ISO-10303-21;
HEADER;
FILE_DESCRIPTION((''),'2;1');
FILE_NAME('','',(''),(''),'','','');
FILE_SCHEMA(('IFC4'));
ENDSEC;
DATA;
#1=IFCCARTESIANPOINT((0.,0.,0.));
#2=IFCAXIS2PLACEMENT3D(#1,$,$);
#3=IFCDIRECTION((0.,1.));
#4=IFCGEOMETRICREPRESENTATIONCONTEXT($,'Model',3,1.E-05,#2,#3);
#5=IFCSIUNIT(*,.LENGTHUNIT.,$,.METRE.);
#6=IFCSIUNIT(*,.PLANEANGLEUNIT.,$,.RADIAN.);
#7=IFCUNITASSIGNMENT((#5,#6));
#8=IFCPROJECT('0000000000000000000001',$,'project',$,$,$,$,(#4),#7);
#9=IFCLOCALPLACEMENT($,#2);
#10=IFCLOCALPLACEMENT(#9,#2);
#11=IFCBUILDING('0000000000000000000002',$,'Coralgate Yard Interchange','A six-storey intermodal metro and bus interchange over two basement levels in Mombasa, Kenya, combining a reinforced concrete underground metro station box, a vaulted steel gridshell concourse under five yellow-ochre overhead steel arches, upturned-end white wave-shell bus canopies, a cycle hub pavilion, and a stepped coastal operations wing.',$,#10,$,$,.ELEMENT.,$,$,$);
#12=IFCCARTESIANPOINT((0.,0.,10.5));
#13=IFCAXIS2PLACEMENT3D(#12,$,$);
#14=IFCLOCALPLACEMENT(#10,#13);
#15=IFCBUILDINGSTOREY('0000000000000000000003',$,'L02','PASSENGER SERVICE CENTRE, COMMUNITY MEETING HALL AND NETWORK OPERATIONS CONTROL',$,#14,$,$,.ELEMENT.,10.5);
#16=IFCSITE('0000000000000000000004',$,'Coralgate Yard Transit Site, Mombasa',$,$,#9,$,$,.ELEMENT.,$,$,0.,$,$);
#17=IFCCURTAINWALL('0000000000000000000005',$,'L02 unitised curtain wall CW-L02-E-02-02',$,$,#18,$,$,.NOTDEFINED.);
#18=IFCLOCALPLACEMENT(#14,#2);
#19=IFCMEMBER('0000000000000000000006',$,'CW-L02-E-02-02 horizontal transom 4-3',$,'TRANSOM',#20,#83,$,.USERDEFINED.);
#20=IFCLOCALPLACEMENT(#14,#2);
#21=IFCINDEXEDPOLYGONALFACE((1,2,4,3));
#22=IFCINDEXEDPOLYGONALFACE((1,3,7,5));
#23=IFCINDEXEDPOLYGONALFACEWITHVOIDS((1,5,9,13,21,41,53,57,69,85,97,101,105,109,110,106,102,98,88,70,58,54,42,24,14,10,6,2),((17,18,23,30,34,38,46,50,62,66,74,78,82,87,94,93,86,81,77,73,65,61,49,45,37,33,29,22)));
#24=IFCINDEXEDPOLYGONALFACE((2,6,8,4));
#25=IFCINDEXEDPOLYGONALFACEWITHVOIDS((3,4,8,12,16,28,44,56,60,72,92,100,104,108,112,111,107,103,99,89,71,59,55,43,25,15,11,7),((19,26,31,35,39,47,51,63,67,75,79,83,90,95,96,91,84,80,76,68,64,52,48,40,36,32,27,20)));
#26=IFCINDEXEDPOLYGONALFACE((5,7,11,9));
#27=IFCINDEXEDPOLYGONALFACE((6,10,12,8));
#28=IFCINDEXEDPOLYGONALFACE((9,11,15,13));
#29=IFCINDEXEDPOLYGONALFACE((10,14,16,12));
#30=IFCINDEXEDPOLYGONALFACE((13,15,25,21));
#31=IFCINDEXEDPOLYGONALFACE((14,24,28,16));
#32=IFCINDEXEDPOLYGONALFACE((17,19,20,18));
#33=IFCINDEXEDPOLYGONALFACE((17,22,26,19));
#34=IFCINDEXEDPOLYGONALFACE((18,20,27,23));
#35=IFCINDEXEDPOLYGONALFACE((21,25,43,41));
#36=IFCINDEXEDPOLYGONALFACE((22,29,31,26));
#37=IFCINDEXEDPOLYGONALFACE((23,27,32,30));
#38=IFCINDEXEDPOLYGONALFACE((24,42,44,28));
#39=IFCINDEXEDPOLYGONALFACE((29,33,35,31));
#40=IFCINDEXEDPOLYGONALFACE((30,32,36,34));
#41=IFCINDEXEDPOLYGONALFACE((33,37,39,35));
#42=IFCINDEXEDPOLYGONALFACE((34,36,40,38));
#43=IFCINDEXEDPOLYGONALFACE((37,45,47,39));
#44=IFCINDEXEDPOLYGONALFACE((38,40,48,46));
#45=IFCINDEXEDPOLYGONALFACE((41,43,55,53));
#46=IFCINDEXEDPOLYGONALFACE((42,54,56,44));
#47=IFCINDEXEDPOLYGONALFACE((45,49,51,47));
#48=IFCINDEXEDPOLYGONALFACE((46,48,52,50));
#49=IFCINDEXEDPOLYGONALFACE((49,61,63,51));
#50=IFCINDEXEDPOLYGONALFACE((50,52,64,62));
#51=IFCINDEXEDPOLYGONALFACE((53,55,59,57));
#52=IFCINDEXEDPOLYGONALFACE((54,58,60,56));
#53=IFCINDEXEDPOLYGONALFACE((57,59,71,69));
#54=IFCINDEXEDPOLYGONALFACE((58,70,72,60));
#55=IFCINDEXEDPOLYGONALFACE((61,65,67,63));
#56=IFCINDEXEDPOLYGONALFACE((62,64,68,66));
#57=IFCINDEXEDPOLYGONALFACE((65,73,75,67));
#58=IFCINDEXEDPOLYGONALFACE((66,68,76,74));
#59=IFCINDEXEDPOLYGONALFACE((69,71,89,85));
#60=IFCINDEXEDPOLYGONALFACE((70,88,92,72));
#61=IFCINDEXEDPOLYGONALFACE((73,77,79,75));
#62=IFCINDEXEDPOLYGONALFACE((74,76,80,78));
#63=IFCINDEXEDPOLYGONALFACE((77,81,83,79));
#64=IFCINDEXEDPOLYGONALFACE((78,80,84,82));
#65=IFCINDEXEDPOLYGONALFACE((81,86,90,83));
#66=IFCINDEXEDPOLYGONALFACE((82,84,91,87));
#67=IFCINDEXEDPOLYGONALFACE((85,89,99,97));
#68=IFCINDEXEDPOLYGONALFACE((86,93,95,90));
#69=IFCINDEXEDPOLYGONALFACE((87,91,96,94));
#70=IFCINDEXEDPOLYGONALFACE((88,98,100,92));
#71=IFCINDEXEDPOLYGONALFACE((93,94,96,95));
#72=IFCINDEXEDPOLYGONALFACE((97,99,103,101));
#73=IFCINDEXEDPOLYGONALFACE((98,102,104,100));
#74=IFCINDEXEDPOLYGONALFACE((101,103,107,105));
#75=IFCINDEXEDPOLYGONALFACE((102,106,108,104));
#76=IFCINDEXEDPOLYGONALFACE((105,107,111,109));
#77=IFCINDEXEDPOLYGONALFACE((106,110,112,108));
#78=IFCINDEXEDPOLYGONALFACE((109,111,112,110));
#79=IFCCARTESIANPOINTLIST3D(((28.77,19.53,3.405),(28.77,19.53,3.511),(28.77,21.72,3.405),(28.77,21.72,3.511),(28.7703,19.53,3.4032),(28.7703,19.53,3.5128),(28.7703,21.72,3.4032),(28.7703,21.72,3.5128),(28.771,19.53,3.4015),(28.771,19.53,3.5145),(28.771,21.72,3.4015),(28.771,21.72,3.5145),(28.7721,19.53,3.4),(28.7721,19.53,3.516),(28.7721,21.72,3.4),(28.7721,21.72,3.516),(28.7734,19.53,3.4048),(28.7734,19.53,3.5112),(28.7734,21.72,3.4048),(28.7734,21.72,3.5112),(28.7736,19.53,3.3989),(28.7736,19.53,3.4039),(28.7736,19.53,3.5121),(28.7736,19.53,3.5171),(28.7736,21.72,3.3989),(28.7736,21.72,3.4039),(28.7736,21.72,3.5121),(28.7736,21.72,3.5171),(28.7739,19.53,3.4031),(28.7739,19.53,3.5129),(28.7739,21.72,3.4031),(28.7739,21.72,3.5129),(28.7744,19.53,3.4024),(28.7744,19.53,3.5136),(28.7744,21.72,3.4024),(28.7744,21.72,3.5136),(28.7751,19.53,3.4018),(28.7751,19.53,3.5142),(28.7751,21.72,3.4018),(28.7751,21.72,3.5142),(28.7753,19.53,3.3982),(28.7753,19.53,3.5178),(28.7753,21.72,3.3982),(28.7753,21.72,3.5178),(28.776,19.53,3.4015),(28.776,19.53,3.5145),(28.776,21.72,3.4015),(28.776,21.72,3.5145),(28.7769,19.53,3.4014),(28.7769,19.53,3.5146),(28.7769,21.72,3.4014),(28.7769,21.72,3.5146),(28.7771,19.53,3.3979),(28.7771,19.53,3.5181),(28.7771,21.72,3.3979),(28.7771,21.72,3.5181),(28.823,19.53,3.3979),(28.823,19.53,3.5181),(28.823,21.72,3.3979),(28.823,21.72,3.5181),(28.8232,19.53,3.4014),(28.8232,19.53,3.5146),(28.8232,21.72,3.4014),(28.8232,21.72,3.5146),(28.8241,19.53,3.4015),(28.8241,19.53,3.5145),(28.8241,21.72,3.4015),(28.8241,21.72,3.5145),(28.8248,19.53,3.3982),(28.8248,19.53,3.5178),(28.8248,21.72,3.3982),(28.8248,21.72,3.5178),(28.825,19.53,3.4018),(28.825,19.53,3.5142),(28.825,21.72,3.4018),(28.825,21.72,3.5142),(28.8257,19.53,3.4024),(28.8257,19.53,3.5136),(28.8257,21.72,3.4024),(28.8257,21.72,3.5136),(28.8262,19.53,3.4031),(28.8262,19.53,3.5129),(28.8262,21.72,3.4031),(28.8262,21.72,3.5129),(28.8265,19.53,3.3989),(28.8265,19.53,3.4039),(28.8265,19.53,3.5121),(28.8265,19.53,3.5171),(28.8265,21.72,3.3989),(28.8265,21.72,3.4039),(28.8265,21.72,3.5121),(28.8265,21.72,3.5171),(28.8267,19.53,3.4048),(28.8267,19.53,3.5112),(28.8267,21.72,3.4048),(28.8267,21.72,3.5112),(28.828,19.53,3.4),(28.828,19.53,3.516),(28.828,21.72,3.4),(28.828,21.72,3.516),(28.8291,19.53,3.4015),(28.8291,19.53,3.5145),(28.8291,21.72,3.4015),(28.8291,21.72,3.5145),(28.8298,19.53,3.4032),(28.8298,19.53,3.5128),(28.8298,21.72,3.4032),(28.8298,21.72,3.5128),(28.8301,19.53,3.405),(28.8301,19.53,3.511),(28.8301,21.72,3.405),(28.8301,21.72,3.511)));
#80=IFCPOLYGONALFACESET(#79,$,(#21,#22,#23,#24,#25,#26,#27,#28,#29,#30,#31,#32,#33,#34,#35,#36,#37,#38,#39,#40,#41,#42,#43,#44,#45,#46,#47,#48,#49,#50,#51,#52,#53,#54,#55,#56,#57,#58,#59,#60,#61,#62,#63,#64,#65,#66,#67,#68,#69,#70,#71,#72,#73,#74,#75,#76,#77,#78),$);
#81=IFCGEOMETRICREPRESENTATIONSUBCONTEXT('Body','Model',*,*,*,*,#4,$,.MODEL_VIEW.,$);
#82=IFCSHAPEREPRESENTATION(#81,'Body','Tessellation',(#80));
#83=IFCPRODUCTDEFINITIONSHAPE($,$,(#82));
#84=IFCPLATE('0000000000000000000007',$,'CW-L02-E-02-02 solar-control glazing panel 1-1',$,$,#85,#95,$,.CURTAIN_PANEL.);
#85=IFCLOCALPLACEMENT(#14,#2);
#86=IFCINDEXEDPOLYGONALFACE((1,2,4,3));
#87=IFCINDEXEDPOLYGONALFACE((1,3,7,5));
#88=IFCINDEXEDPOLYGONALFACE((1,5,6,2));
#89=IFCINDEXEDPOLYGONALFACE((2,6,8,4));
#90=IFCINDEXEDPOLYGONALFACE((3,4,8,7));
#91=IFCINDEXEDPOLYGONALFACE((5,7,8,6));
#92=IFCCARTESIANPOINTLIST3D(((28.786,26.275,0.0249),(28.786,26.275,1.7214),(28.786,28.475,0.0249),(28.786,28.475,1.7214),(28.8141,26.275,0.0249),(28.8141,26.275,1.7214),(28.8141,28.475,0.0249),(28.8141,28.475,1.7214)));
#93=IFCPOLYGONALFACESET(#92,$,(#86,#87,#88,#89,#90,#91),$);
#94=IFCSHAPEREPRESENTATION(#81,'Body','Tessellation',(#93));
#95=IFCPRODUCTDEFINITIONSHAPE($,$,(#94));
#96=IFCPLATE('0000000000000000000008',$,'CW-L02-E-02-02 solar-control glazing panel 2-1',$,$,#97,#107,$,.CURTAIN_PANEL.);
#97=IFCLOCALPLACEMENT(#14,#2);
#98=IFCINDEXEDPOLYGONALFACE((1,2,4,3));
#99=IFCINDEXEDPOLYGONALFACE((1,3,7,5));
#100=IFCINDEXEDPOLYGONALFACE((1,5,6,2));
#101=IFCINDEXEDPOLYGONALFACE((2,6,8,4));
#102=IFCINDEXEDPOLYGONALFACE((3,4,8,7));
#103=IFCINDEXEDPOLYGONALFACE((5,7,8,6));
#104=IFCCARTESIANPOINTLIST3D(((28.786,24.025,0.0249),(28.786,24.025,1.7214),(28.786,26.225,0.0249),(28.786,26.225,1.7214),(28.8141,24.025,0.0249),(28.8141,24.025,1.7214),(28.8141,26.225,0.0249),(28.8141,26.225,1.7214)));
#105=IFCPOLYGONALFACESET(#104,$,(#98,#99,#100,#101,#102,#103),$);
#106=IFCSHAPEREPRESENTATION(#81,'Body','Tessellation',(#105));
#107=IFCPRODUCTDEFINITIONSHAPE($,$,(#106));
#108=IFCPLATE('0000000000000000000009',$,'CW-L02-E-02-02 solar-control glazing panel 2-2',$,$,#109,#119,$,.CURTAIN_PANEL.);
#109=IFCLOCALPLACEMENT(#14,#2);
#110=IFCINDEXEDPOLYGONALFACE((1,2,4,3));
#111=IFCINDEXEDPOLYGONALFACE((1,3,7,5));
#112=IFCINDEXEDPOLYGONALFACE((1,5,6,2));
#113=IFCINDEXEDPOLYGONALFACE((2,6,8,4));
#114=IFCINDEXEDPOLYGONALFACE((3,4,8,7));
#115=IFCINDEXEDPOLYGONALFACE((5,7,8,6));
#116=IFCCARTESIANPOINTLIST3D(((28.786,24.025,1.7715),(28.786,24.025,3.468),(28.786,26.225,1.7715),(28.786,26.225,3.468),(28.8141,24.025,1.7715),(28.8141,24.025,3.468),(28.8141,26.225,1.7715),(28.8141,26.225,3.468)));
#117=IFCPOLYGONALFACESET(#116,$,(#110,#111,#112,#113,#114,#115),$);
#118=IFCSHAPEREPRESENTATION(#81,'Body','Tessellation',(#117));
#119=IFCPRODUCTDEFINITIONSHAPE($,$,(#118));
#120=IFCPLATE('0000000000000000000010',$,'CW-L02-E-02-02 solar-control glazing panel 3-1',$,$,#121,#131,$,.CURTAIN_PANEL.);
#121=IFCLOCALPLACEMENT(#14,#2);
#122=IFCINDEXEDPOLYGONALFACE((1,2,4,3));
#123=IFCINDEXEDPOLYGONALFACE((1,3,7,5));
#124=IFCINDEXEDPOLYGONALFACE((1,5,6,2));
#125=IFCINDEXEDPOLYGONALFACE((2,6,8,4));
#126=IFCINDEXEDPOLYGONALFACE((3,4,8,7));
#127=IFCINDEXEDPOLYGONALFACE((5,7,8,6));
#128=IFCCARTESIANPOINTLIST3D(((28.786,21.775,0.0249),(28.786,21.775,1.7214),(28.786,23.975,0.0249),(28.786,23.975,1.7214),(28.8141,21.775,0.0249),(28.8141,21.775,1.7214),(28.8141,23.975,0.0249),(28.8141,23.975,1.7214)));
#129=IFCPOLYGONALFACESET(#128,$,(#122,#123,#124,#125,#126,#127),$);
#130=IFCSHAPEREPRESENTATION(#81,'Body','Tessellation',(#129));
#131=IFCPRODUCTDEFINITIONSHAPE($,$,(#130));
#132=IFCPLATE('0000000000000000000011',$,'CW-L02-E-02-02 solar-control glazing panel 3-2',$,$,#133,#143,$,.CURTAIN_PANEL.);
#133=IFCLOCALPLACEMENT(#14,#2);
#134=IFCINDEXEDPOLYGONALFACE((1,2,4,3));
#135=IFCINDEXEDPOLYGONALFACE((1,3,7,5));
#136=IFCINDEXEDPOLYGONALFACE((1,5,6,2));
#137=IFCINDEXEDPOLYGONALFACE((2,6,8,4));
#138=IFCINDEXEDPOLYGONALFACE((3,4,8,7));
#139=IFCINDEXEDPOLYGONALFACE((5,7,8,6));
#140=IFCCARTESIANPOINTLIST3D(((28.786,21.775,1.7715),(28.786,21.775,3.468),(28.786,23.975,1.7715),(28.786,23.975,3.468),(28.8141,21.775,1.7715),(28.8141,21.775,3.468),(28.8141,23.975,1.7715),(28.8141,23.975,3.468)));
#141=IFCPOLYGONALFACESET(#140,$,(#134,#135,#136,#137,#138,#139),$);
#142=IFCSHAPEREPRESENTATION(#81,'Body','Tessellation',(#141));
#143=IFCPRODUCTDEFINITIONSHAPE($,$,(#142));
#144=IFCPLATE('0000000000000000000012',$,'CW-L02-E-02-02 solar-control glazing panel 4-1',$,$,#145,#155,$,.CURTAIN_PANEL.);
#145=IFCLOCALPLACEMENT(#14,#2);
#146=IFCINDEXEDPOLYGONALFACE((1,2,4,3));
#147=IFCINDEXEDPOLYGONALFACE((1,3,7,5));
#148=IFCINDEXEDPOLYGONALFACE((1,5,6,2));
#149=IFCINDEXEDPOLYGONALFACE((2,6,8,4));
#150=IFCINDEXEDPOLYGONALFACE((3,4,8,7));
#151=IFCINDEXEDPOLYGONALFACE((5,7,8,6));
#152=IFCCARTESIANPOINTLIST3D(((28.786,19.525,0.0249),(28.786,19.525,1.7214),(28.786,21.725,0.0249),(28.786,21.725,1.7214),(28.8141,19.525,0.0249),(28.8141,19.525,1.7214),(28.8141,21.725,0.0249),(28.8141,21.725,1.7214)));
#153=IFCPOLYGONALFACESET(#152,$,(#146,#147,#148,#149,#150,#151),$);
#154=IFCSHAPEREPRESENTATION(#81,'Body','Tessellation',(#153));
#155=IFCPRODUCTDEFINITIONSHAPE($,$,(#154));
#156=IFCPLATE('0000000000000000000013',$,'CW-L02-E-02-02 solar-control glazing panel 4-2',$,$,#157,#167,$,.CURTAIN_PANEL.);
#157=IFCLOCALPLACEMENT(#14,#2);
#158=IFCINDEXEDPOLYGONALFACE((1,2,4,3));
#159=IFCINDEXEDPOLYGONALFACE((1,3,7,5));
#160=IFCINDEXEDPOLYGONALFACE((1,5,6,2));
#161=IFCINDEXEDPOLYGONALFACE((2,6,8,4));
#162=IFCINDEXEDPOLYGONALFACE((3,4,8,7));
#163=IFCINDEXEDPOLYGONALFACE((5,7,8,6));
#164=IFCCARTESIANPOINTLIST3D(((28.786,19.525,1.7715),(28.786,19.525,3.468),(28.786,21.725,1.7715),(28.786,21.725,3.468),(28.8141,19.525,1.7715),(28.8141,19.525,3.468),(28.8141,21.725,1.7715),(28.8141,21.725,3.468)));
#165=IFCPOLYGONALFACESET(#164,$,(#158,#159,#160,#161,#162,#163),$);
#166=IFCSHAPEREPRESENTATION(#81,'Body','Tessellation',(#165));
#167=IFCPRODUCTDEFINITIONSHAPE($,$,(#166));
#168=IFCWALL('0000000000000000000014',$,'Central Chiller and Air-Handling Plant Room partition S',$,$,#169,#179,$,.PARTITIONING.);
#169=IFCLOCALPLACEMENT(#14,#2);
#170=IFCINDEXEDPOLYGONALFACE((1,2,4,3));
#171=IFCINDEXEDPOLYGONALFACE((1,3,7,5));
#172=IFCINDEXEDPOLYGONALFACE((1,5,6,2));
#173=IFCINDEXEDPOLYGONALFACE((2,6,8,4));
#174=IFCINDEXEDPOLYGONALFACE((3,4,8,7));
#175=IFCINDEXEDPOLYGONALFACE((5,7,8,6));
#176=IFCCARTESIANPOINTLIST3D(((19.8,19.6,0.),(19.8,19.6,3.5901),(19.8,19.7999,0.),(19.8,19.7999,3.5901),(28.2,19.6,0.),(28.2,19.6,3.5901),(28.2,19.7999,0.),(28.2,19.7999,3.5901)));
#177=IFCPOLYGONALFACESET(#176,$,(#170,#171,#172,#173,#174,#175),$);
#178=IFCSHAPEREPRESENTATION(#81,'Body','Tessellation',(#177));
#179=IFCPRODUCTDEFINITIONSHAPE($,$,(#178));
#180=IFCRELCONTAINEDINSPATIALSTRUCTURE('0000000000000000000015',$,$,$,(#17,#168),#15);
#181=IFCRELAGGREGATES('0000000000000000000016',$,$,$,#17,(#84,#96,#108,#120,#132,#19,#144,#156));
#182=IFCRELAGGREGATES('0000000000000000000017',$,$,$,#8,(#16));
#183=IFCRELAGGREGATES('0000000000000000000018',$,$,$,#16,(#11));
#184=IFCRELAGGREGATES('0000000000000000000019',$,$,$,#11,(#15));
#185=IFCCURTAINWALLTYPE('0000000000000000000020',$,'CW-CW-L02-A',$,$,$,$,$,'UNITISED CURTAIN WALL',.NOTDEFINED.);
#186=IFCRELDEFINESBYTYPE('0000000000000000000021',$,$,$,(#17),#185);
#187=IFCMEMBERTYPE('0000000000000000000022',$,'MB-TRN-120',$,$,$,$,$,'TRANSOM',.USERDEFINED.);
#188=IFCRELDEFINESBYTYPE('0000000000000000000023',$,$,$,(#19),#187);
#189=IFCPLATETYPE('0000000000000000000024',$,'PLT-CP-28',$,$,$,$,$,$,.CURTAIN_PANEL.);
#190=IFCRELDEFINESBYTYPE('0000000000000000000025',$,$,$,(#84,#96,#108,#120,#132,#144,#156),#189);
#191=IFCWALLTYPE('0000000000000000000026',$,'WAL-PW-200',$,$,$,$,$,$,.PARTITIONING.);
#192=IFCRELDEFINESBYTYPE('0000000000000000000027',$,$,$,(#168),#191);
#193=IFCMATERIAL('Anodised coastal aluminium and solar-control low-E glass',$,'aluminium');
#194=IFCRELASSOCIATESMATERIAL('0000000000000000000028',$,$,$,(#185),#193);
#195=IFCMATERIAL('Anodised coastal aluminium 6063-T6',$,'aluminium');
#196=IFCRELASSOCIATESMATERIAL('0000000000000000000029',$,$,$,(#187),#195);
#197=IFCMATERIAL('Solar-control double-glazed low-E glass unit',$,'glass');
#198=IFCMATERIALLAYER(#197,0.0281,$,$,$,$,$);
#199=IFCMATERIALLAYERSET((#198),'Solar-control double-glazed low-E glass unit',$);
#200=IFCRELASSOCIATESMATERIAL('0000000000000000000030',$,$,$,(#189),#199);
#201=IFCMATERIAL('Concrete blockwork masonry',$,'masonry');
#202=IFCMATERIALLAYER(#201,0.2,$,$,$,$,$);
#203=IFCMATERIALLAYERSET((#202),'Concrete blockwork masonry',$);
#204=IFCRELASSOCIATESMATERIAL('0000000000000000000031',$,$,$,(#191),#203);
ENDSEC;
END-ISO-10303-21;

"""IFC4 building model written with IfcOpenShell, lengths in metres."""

from ifc_helpers import new_model, si_unit, direction, frame, frame_2d, origin, origin_2d, place, context, subcontext, project, spatial, rectangle, hollow_rectangle, extrude, material, layer, layer_set, material_profile, profile_set, type_object, element, aggregate, save


model = new_model("IFC4")

# Units and contexts
model_context = context("Model", 3, precision=1e-05, world=origin(), true_north=direction((0.0, 1.0)))
body_context = subcontext(model_context, "Body", "Model", "MODEL_VIEW")
ifc_project = project(units=[si_unit("LENGTHUNIT", "METRE"), si_unit("PLANEANGLEUNIT", "RADIAN")], contexts=[model_context])

# Site, building, storey
site_placement = place(None, origin())
site = spatial("IfcSite", under=ifc_project, at=site_placement, Name="Coralgate Yard Transit Site, Mombasa", CompositionType="ELEMENT", RefElevation=0.0)
building_placement = place(site_placement, origin())
building = spatial("IfcBuilding", under=site, at=building_placement, Name="Coralgate Yard Interchange", Description="A six-storey intermodal metro and bus interchange over two basement levels in Mombasa, Kenya, combining a reinforced concrete underground metro station box, a vaulted steel gridshell concourse under five yellow-ochre overhead steel arches, upturned-end white wave-shell bus canopies, a cycle hub pavilion, and a stepped coastal operations wing.", CompositionType="ELEMENT")
storey_placement = place(building_placement, frame((0.0, 0.0, 10.5)))
storey = spatial("IfcBuildingStorey", under=building, at=storey_placement, Name="L02", Description="PASSENGER SERVICE CENTRE, COMMUNITY MEETING HALL AND NETWORK OPERATIONS CONTROL", CompositionType="ELEMENT", Elevation=10.5)

# Curtain wall, member, plates
ifc_material_1 = material(Name="Anodised coastal aluminium and solar-control low-E glass", Category="aluminium")
curtain_wall_type = type_object("IfcCurtainWallType", Name="CW-CW-L02-A", ElementType="UNITISED CURTAIN WALL", PredefinedType="NOTDEFINED", material=ifc_material_1)
curtain_wall_placement = place(storey_placement, origin())
curtain_wall = element("IfcCurtainWall", 1, at=curtain_wall_placement, inside=storey, type_object=curtain_wall_type, Name="L02 unitised curtain wall CW-L02-E-02-02", PredefinedType="NOTDEFINED")
ifc_material_2 = material(Name="Anodised coastal aluminium 6063-T6", Category="aluminium")
ifc_material_profile_1 = material_profile(ifc_material_2, hollow_rectangle(XDim=0.0601, YDim=0.1201, WallThickness=0.0034, InnerFilletRadius=0.0034, OuterFilletRadius=0.0071, at=origin_2d()), Name="ALU 60x120x3.5")
ifc_profile_set_1 = profile_set([ifc_material_profile_1], Name="Anodised coastal aluminium 6063-T6")
member_type_1 = type_object("IfcMemberType", Name="MB-TRN-120", ElementType="TRANSOM", PredefinedType="USERDEFINED", material=ifc_profile_set_1)
member_1_placement = place(storey_placement, frame((28.8, 21.72, 3.458), z_axis=(0.0, -1.0, 0.0), x_axis=(1.0, 0.0, 0.0)))
member_1 = element("IfcMember", 2, at=member_1_placement, type_object=member_type_1, Name="CW-L02-E-02-02 horizontal transom 4-3", ObjectType="TRANSOM", PredefinedType="USERDEFINED", context=body_context, shape_type="SweptSolid", body=[
    extrude(hollow_rectangle(XDim=0.0601, YDim=0.1201, WallThickness=0.0034, InnerFilletRadius=0.0034, OuterFilletRadius=0.0071, at=origin_2d()), origin(), (0.0, 0.0, 1.0), 2.1899),
])
ifc_material_3 = material(Name="Solar-control double-glazed low-E glass unit", Category="glass")
ifc_layer_1 = layer(ifc_material_3, 0.0281)
ifc_layer_set_1 = layer_set([ifc_layer_1], Name="Solar-control double-glazed low-E glass unit")
plate_type = type_object("IfcPlateType", Name="PLT-CP-28", PredefinedType="CURTAIN_PANEL", material=ifc_layer_set_1)
plate_1_placement = place(storey_placement, frame((28.8, 27.375, 0.0249), z_axis=(0.0, 0.0, 1.0), x_axis=(0.0, -1.0, 0.0)))
plate_1 = element("IfcPlate", 3, at=plate_1_placement, type_object=plate_type, Name="CW-L02-E-02-02 solar-control glazing panel 1-1", PredefinedType="CURTAIN_PANEL", context=body_context, shape_type="SweptSolid", body=[
    extrude(rectangle(XDim=2.2, YDim=0.0281, at=origin_2d()), origin(), (0.0, 0.0, 1.0), 1.6965),
])
plate_2_placement = place(storey_placement, frame((28.8, 25.125, 0.0249), z_axis=(0.0, 0.0, 1.0), x_axis=(0.0, -1.0, 0.0)))
plate_2 = element("IfcPlate", 4, at=plate_2_placement, type_object=plate_type, Name="CW-L02-E-02-02 solar-control glazing panel 2-1", PredefinedType="CURTAIN_PANEL", context=body_context, shape_type="SweptSolid", body=[
    extrude(rectangle(XDim=2.2, YDim=0.0281, at=origin_2d()), origin(), (0.0, 0.0, 1.0), 1.6965),
])
plate_3_placement = place(storey_placement, frame((28.8, 25.125, 1.7715), z_axis=(0.0, 0.0, 1.0), x_axis=(0.0, -1.0, 0.0)))
plate_3 = element("IfcPlate", 5, at=plate_3_placement, type_object=plate_type, Name="CW-L02-E-02-02 solar-control glazing panel 2-2", PredefinedType="CURTAIN_PANEL", context=body_context, shape_type="SweptSolid", body=[
    extrude(rectangle(XDim=2.2, YDim=0.0281, at=origin_2d()), origin(), (0.0, 0.0, 1.0), 1.6965),
])
plate_4_placement = place(storey_placement, frame((28.8, 22.875, 0.0249), z_axis=(0.0, 0.0, 1.0), x_axis=(0.0, -1.0, 0.0)))
plate_4 = element("IfcPlate", 6, at=plate_4_placement, type_object=plate_type, Name="CW-L02-E-02-02 solar-control glazing panel 3-1", PredefinedType="CURTAIN_PANEL", context=body_context, shape_type="SweptSolid", body=[
    extrude(rectangle(XDim=2.2, YDim=0.0281, at=origin_2d()), origin(), (0.0, 0.0, 1.0), 1.6965),
])
plate_5_placement = place(storey_placement, frame((28.8, 22.875, 1.7715), z_axis=(0.0, 0.0, 1.0), x_axis=(0.0, -1.0, 0.0)))
plate_5 = element("IfcPlate", 7, at=plate_5_placement, type_object=plate_type, Name="CW-L02-E-02-02 solar-control glazing panel 3-2", PredefinedType="CURTAIN_PANEL", context=body_context, shape_type="SweptSolid", body=[
    extrude(rectangle(XDim=2.2, YDim=0.0281, at=origin_2d()), origin(), (0.0, 0.0, 1.0), 1.6965),
])
plate_6_placement = place(storey_placement, frame((28.8, 20.625, 0.0249), z_axis=(0.0, 0.0, 1.0), x_axis=(0.0, -1.0, 0.0)))
plate_6 = element("IfcPlate", 8, at=plate_6_placement, type_object=plate_type, Name="CW-L02-E-02-02 solar-control glazing panel 4-1", PredefinedType="CURTAIN_PANEL", context=body_context, shape_type="SweptSolid", body=[
    extrude(rectangle(XDim=2.2, YDim=0.0281, at=origin_2d()), origin(), (0.0, 0.0, 1.0), 1.6965),
])
plate_7_placement = place(storey_placement, frame((28.8, 20.625, 1.7715), z_axis=(0.0, 0.0, 1.0), x_axis=(0.0, -1.0, 0.0)))
plate_7 = element("IfcPlate", 9, at=plate_7_placement, type_object=plate_type, Name="CW-L02-E-02-02 solar-control glazing panel 4-2", PredefinedType="CURTAIN_PANEL", context=body_context, shape_type="SweptSolid", body=[
    extrude(rectangle(XDim=2.2, YDim=0.0281, at=origin_2d()), origin(), (0.0, 0.0, 1.0), 1.6965),
])
aggregate(curtain_wall, [plate_1, plate_2, plate_3, plate_4, plate_5, member_1, plate_6, plate_7])

# Wall
ifc_material_4 = material(Name="Concrete blockwork masonry", Category="masonry")
ifc_layer_2 = layer(ifc_material_4, 0.2)
ifc_layer_set_2 = layer_set([ifc_layer_2], Name="Concrete blockwork masonry")
wall_type = type_object("IfcWallType", Name="WAL-PW-200", PredefinedType="PARTITIONING", material=ifc_layer_set_2)
wall_1_placement = place(storey_placement, frame((28.2, 19.7, 0.0), z_axis=(0.0, 0.0, 1.0), x_axis=(-1.0, 0.0, 0.0)))
element("IfcWall", 10, at=wall_1_placement, inside=storey, type_object=wall_type, Name="Central Chiller and Air-Handling Plant Room partition S", PredefinedType="PARTITIONING", context=body_context, shape_type="SweptSolid", body=[
    extrude(rectangle(XDim=8.3999, YDim=0.2, at=frame_2d((4.2, 0.0))), origin(), (0.0, 0.0, 1.0), 3.5901),
])

save(model, "model.ifc")
